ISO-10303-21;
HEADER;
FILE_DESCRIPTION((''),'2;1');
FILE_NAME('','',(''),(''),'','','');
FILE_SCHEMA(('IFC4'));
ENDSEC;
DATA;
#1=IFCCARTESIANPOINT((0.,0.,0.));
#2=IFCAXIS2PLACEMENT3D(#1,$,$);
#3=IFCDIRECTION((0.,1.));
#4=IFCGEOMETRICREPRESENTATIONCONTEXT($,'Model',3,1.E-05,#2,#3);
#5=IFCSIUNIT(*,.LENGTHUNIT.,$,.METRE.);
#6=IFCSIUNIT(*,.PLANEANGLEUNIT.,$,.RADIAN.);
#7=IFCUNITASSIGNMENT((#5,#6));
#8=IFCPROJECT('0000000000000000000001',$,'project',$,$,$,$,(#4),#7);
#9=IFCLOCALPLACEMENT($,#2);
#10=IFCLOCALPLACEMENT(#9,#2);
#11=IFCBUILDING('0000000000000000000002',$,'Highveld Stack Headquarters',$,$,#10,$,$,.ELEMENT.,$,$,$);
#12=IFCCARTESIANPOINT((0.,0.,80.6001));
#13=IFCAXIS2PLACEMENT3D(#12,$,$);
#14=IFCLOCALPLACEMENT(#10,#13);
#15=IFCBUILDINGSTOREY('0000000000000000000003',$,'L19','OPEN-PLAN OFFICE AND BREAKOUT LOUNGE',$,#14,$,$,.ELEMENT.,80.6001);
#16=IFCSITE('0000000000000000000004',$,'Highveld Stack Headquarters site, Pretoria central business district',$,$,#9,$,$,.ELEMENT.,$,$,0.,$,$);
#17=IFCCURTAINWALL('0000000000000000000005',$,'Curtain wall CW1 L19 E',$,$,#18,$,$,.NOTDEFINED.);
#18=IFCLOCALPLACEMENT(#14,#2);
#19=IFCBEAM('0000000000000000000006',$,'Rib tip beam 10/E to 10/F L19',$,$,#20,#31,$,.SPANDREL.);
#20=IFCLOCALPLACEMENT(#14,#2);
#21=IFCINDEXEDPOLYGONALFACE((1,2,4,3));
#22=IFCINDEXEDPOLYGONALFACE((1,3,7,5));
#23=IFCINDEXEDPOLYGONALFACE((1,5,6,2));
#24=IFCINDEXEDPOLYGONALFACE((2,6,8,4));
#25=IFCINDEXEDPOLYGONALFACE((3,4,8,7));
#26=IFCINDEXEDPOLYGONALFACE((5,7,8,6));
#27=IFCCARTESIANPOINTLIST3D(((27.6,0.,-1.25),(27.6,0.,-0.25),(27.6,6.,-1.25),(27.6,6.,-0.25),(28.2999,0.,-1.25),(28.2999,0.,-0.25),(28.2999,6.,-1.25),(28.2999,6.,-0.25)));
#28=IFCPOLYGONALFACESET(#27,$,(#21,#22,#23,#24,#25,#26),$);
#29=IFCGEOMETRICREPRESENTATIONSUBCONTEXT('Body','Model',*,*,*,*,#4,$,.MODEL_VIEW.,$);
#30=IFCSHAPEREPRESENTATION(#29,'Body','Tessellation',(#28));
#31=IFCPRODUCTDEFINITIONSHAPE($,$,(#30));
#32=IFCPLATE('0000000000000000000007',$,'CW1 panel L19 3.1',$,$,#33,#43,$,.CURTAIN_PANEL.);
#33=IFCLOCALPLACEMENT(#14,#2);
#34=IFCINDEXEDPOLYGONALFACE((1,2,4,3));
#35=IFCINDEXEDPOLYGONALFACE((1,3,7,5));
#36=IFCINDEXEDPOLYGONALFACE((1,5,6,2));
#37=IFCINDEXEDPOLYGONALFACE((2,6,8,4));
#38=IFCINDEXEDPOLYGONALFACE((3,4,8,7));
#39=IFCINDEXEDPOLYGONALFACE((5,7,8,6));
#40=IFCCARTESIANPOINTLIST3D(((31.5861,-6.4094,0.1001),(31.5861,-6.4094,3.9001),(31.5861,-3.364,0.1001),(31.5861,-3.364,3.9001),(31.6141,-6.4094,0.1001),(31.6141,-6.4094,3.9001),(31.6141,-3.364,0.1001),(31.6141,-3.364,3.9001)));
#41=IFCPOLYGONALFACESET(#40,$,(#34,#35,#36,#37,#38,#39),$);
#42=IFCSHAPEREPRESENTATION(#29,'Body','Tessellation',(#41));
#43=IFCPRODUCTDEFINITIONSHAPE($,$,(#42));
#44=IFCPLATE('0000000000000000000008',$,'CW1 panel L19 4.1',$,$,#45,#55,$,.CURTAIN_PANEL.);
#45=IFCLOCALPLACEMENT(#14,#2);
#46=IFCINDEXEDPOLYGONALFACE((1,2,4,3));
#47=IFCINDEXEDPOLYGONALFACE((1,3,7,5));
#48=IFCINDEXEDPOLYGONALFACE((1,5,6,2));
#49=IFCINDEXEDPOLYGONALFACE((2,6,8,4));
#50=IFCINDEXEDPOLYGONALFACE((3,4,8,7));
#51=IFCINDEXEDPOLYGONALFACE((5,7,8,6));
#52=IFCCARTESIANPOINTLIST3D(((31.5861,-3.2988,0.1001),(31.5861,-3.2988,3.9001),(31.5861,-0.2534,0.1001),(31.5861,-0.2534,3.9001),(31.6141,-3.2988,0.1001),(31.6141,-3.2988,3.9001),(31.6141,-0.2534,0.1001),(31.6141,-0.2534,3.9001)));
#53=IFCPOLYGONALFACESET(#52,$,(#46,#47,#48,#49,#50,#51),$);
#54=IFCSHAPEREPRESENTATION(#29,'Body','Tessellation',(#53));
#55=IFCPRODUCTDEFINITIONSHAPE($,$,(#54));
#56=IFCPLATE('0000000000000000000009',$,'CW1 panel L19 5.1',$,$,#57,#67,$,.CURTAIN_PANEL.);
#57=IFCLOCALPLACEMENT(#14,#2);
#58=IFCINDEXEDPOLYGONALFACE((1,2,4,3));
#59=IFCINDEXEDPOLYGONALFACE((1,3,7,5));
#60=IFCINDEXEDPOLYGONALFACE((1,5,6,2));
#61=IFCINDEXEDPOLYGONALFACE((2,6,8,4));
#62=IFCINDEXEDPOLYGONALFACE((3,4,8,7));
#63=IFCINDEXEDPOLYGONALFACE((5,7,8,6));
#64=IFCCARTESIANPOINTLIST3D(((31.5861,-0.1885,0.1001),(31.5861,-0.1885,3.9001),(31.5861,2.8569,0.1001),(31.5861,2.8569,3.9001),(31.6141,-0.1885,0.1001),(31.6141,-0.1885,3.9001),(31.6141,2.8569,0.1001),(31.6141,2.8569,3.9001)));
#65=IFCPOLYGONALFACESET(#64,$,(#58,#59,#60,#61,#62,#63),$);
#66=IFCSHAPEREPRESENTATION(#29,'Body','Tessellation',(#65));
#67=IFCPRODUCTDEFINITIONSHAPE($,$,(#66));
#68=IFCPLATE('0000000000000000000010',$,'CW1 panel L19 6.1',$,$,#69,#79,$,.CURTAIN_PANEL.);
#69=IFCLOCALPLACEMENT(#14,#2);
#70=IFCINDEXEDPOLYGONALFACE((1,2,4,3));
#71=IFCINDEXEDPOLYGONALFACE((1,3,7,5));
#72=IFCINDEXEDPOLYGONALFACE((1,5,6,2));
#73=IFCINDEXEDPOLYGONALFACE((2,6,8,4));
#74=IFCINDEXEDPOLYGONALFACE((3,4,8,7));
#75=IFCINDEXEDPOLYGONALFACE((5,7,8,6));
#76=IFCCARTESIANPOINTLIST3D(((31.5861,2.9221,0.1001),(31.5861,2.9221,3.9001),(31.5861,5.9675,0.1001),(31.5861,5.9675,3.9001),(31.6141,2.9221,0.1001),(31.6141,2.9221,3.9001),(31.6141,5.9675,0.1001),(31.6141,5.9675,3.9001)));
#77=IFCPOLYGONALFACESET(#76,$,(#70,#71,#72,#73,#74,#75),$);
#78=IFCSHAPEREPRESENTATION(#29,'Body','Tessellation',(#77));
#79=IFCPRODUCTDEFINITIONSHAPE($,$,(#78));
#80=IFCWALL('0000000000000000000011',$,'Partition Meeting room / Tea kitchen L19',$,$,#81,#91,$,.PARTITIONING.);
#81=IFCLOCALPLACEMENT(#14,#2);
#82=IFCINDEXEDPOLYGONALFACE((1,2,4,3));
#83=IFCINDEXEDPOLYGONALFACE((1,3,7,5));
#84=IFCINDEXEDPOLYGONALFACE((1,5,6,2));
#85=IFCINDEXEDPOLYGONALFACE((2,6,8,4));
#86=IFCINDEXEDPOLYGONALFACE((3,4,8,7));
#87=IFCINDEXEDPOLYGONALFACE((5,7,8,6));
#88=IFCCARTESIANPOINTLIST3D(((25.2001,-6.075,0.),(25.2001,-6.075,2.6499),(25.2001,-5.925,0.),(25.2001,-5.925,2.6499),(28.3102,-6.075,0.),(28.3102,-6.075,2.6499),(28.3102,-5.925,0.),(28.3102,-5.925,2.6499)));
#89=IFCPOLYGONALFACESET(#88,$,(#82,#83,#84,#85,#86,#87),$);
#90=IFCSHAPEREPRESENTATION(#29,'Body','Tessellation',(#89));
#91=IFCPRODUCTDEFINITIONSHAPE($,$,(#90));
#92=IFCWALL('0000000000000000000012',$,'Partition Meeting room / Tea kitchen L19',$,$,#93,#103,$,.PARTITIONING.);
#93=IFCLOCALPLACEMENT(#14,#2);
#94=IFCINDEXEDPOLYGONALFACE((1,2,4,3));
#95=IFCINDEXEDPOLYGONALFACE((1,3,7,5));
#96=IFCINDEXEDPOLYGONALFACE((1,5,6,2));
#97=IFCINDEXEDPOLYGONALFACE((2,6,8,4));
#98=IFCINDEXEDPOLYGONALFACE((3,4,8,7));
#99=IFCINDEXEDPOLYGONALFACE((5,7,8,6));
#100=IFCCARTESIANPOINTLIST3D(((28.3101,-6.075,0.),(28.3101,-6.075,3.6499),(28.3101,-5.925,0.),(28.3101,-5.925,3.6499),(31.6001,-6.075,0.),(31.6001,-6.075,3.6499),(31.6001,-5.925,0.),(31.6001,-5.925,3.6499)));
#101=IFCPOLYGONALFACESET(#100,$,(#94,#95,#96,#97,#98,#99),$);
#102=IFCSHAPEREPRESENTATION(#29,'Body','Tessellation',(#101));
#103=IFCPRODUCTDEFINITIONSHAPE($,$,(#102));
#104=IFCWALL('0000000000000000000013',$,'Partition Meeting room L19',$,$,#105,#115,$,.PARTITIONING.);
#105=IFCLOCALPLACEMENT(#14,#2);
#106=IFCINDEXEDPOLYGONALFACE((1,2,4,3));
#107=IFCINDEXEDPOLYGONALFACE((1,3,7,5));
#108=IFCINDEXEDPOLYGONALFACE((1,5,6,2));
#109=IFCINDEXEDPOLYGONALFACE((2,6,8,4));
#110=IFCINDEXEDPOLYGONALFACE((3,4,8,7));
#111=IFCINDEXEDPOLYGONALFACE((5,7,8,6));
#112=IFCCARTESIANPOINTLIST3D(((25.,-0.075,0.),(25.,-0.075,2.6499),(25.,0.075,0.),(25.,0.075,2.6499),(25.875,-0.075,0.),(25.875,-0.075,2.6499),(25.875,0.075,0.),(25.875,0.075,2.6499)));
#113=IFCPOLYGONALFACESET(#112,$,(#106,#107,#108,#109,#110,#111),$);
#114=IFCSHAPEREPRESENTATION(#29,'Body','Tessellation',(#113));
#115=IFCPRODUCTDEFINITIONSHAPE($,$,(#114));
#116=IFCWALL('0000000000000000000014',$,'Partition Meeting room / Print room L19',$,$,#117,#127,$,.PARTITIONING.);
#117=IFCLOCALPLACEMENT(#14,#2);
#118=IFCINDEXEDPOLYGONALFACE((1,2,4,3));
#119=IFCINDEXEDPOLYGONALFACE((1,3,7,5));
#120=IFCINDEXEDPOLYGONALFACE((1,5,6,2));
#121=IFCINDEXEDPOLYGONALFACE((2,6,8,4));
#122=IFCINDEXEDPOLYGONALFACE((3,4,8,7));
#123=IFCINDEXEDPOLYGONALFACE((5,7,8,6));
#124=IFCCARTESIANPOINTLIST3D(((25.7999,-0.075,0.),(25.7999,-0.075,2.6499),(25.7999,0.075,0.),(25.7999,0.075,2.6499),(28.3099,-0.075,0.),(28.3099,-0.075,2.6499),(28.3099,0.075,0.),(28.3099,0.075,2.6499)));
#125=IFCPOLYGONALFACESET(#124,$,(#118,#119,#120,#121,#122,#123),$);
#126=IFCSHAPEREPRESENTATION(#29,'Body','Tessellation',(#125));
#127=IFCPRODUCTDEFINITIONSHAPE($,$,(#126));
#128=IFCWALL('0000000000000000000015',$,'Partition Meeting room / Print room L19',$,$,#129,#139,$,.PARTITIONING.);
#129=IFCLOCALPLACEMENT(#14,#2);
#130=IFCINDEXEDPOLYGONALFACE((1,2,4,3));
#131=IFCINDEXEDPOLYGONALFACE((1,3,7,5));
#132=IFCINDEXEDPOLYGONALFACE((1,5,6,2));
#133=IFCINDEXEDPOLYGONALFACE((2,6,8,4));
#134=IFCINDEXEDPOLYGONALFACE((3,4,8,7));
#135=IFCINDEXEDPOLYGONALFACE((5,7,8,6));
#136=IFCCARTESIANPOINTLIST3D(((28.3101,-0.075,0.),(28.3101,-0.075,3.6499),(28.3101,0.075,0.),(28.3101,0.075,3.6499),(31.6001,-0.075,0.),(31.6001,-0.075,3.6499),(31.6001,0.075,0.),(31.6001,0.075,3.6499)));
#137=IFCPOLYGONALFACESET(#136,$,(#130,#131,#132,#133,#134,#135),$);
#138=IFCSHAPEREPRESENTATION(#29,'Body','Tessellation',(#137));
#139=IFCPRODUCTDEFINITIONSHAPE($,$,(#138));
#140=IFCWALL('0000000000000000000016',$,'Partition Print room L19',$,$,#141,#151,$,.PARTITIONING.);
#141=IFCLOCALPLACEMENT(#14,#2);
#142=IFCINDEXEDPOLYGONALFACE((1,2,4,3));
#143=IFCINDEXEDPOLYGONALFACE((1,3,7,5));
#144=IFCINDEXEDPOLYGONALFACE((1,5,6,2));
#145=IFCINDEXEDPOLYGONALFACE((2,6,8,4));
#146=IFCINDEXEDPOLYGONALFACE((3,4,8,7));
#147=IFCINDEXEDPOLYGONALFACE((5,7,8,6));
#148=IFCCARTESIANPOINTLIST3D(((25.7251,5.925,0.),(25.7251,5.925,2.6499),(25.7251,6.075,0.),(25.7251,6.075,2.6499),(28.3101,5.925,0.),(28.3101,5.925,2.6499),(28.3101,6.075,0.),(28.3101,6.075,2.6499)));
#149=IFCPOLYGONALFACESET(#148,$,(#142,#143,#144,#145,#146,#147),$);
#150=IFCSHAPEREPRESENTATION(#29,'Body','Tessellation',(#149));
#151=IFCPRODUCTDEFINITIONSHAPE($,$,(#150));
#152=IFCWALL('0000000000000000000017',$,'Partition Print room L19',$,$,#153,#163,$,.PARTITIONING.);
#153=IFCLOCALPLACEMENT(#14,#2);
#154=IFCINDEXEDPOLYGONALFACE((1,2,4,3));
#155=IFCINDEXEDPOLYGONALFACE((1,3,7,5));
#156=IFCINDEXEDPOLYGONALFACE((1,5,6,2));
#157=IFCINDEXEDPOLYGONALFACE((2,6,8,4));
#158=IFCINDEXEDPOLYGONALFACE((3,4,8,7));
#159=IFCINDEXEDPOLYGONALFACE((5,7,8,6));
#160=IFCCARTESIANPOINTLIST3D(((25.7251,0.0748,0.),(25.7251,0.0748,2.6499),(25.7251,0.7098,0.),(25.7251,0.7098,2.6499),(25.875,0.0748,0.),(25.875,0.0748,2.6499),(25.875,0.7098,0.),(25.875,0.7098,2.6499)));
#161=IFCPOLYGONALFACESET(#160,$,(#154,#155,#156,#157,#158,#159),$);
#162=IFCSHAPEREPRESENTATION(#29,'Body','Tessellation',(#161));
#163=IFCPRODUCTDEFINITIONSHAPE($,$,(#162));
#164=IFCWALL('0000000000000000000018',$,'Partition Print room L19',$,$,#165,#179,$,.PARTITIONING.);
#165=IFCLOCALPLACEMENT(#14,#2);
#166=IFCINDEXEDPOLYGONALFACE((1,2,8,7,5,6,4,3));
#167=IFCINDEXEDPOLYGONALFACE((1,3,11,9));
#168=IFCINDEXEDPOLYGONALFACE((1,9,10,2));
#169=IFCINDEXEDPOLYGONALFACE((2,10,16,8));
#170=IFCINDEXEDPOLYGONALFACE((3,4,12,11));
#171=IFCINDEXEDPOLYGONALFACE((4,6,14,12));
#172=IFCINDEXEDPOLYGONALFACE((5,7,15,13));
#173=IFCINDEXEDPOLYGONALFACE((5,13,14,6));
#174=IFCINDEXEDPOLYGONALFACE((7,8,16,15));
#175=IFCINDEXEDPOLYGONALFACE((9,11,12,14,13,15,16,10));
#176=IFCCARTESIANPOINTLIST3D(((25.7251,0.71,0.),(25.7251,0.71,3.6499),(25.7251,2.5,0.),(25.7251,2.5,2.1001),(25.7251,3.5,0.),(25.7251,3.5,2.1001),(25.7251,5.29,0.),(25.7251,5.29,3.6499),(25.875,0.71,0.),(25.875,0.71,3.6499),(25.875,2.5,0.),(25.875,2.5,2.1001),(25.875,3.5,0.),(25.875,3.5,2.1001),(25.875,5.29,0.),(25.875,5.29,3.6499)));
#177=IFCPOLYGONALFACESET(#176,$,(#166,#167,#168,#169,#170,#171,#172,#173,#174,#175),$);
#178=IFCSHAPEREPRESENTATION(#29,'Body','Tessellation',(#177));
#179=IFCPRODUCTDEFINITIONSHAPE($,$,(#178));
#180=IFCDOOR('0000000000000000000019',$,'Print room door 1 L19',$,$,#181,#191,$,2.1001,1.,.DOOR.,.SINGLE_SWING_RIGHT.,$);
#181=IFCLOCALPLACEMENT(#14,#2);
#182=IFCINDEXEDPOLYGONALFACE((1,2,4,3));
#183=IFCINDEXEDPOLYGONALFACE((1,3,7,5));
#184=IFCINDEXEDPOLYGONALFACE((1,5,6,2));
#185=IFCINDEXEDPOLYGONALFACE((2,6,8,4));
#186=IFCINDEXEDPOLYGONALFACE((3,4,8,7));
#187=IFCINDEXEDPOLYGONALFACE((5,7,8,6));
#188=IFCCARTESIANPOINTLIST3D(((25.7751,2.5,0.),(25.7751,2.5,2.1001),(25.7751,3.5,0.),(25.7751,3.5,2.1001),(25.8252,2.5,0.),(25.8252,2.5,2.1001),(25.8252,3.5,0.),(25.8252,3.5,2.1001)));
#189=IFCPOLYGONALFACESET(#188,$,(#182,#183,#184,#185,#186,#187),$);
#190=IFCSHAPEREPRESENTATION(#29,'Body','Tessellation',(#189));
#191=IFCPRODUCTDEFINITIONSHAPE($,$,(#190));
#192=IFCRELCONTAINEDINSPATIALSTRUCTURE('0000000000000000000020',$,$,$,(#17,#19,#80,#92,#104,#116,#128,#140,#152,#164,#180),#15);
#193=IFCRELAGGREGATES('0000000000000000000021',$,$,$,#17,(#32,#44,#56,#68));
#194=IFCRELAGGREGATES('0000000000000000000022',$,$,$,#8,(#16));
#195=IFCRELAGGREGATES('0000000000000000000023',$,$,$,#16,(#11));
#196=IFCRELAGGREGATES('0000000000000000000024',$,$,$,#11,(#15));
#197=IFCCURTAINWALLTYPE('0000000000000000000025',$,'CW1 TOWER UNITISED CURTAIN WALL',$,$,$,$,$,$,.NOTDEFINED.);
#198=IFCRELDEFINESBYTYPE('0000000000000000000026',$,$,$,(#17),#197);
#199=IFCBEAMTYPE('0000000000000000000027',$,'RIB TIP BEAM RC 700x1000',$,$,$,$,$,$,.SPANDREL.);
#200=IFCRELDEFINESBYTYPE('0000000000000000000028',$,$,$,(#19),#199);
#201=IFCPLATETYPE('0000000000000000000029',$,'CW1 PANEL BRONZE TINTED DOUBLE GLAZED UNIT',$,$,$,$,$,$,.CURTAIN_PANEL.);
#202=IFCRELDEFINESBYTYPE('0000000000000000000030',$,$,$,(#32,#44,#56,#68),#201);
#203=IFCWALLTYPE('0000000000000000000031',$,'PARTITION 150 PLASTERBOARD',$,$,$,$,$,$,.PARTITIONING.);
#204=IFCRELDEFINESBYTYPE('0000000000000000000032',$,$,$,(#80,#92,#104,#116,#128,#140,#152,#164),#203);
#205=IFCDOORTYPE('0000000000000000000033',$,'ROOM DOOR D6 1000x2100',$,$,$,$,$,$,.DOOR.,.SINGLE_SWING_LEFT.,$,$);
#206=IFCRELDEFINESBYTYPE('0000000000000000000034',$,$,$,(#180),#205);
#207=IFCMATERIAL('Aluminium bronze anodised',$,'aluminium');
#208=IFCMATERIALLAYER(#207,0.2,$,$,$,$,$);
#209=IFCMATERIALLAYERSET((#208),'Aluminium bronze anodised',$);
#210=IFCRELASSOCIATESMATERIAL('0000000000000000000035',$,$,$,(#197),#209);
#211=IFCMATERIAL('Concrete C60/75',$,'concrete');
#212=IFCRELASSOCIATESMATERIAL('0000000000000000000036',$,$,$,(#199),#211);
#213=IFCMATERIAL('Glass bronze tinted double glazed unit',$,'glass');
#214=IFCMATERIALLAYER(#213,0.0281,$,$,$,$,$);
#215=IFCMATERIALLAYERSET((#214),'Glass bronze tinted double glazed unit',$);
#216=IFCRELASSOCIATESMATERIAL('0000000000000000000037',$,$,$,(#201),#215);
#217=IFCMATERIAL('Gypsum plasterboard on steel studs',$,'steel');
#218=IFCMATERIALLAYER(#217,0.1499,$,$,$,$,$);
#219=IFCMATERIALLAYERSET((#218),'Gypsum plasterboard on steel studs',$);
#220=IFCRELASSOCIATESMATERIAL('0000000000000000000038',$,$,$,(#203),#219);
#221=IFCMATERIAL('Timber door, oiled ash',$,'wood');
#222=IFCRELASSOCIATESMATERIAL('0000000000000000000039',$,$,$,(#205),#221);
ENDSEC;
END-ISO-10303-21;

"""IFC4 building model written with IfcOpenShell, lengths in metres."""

from ifc_helpers import new_model, si_unit, direction, frame, frame_2d, origin, origin_2d, place, context, subcontext, project, spatial, rectangle, extrude, material, layer, layer_set, material_profile, profile_set, type_object, element, fill, aggregate, save


model = new_model("IFC4")

# Units and contexts
model_context = context("Model", 3, precision=1e-05, world=origin(), true_north=direction((0.0, 1.0)))
body_context = subcontext(model_context, "Body", "Model", "MODEL_VIEW")
ifc_project = project(units=[si_unit("LENGTHUNIT", "METRE"), si_unit("PLANEANGLEUNIT", "RADIAN")], contexts=[model_context])

# Site, building, storey
site_placement = place(None, origin())
site = spatial("IfcSite", under=ifc_project, at=site_placement, Name="Highveld Stack Headquarters site, Pretoria central business district", CompositionType="ELEMENT", RefElevation=0.0)
building_placement = place(site_placement, origin())
building = spatial("IfcBuilding", under=site, at=building_placement, Name="Highveld Stack Headquarters", CompositionType="ELEMENT")
storey_placement = place(building_placement, frame((0.0, 0.0, 80.6001)))
storey = spatial("IfcBuildingStorey", under=building, at=storey_placement, Name="L19", Description="OPEN-PLAN OFFICE AND BREAKOUT LOUNGE", CompositionType="ELEMENT", Elevation=80.6001)

# Curtain wall
ifc_material_1 = material(Name="Aluminium bronze anodised", Category="aluminium")
ifc_layer_1 = layer(ifc_material_1, 0.2)
ifc_layer_set_1 = layer_set([ifc_layer_1], Name="Aluminium bronze anodised")
curtain_wall_type = type_object("IfcCurtainWallType", Name="CW1 TOWER UNITISED CURTAIN WALL", PredefinedType="NOTDEFINED", material=ifc_layer_set_1)
curtain_wall_placement = place(storey_placement, origin())
curtain_wall = element("IfcCurtainWall", 1, at=curtain_wall_placement, inside=storey, type_object=curtain_wall_type, Name="Curtain wall CW1 L19 E", PredefinedType="NOTDEFINED")

# Beam
ifc_material_2 = material(Name="Concrete C60/75", Category="concrete")
ifc_material_profile_1 = material_profile(ifc_material_2, rectangle(XDim=0.7, YDim=1.0, at=origin_2d()), Name="RC 700x1000")
ifc_profile_set_1 = profile_set([ifc_material_profile_1], Name="Concrete C60/75")
beam_type_1 = type_object("IfcBeamType", Name="RIB TIP BEAM RC 700x1000", PredefinedType="SPANDREL", material=ifc_profile_set_1)
for number, where, z_axis, x_axis, name in (
    (2, (27.95, 0.0, -0.75), (0.0, 1.0, 0.0), (-1.0, 0.0, 0.0), "Rib tip beam 10/E to 10/F L19"),
):
    element("IfcBeam", number, at=place(storey_placement, frame(where, z_axis=z_axis, x_axis=x_axis)), inside=storey, type_object=beam_type_1, Name=name, PredefinedType="SPANDREL", context=body_context, shape_type="SweptSolid", body=[
        extrude(rectangle(XDim=0.7, YDim=1.0, at=origin_2d()), origin(), (0.0, 0.0, 1.0), 6.0),
    ])

# Plates
ifc_material_3 = material(Name="Glass bronze tinted double glazed unit", Category="glass")
ifc_layer_2 = layer(ifc_material_3, 0.0281)
ifc_layer_set_2 = layer_set([ifc_layer_2], Name="Glass bronze tinted double glazed unit")
plate_type = type_object("IfcPlateType", Name="CW1 PANEL BRONZE TINTED DOUBLE GLAZED UNIT", PredefinedType="CURTAIN_PANEL", material=ifc_layer_set_2)
plate_1_placement = place(storey_placement, frame((31.6001, -4.8867, 0.1001), z_axis=(0.0, 0.0, 1.0), x_axis=(0.0, 1.0, 0.0)))
plate_1 = element("IfcPlate", 3, at=plate_1_placement, type_object=plate_type, Name="CW1 panel L19 3.1", PredefinedType="CURTAIN_PANEL", context=body_context, shape_type="SweptSolid", body=[
    extrude(rectangle(XDim=3.0454, YDim=0.0281, at=origin_2d()), origin(), (0.0, 0.0, 1.0), 3.8),
])
plate_2_placement = place(storey_placement, frame((31.6001, -1.7761, 0.1001), z_axis=(0.0, 0.0, 1.0), x_axis=(0.0, 1.0, 0.0)))
plate_2 = element("IfcPlate", 4, at=plate_2_placement, type_object=plate_type, Name="CW1 panel L19 4.1", PredefinedType="CURTAIN_PANEL", context=body_context, shape_type="SweptSolid", body=[
    extrude(rectangle(XDim=3.0454, YDim=0.0281, at=origin_2d()), origin(), (0.0, 0.0, 1.0), 3.8),
])
plate_3_placement = place(storey_placement, frame((31.6001, 1.3342, 0.1001), z_axis=(0.0, 0.0, 1.0), x_axis=(0.0, 1.0, 0.0)))
plate_3 = element("IfcPlate", 5, at=plate_3_placement, type_object=plate_type, Name="CW1 panel L19 5.1", PredefinedType="CURTAIN_PANEL", context=body_context, shape_type="SweptSolid", body=[
    extrude(rectangle(XDim=3.0454, YDim=0.0281, at=origin_2d()), origin(), (0.0, 0.0, 1.0), 3.8),
])
plate_4_placement = place(storey_placement, frame((31.6001, 4.4448, 0.1001), z_axis=(0.0, 0.0, 1.0), x_axis=(0.0, 1.0, 0.0)))
plate_4 = element("IfcPlate", 6, at=plate_4_placement, type_object=plate_type, Name="CW1 panel L19 6.1", PredefinedType="CURTAIN_PANEL", context=body_context, shape_type="SweptSolid", body=[
    extrude(rectangle(XDim=3.0454, YDim=0.0281, at=origin_2d()), origin(), (0.0, 0.0, 1.0), 3.8),
])
aggregate(curtain_wall, [plate_1, plate_2, plate_3, plate_4])

# Walls
ifc_material_4 = material(Name="Gypsum plasterboard on steel studs", Category="steel")
ifc_layer_3 = layer(ifc_material_4, 0.1499)
ifc_layer_set_3 = layer_set([ifc_layer_3], Name="Gypsum plasterboard on steel studs")
wall_type = type_object("IfcWallType", Name="PARTITION 150 PLASTERBOARD", PredefinedType="PARTITIONING", material=ifc_layer_set_3)
wall_1_placement = place(storey_placement, frame((25.2, -6.0, 0.0), z_axis=(0.0, 0.0, 1.0), x_axis=(1.0, 0.0, 0.0)))
element("IfcWall", 7, at=wall_1_placement, inside=storey, type_object=wall_type, Name="Partition Meeting room / Tea kitchen L19", PredefinedType="PARTITIONING", context=body_context, shape_type="SweptSolid", body=[
    extrude(rectangle(XDim=3.1101, YDim=0.1499, at=frame_2d((1.5552, 0.0))), origin(), (0.0, 0.0, 1.0), 2.6499),
])
wall_2_placement = place(storey_placement, frame((28.3101, -6.0, 0.0), z_axis=(0.0, 0.0, 1.0), x_axis=(1.0, 0.0, 0.0)))
element("IfcWall", 8, at=wall_2_placement, inside=storey, type_object=wall_type, Name="Partition Meeting room / Tea kitchen L19", PredefinedType="PARTITIONING", context=body_context, shape_type="SweptSolid", body=[
    extrude(rectangle(XDim=3.29, YDim=0.1499, at=frame_2d((1.645, 0.0))), origin(), (0.0, 0.0, 1.0), 3.6499),
])
wall_3_placement = place(storey_placement, frame((25.0, 0.0, 0.0), z_axis=(0.0, 0.0, 1.0), x_axis=(1.0, 0.0, 0.0)))
element("IfcWall", 9, at=wall_3_placement, inside=storey, type_object=wall_type, Name="Partition Meeting room L19", PredefinedType="PARTITIONING", context=body_context, shape_type="SweptSolid", body=[
    extrude(rectangle(XDim=0.875, YDim=0.1499, at=frame_2d((0.4375, 0.0))), origin(), (0.0, 0.0, 1.0), 2.6499),
])
wall_4_placement = place(storey_placement, frame((25.8, 0.0, 0.0), z_axis=(0.0, 0.0, 1.0), x_axis=(1.0, 0.0, 0.0)))
element("IfcWall", 10, at=wall_4_placement, inside=storey, type_object=wall_type, Name="Partition Meeting room / Print room L19", PredefinedType="PARTITIONING", context=body_context, shape_type="SweptSolid", body=[
    extrude(rectangle(XDim=2.51, YDim=0.1499, at=frame_2d((1.2549, 0.0))), origin(), (0.0, 0.0, 1.0), 2.6499),
])
wall_5_placement = place(storey_placement, frame((28.3101, 0.0, 0.0), z_axis=(0.0, 0.0, 1.0), x_axis=(1.0, 0.0, 0.0)))
element("IfcWall", 11, at=wall_5_placement, inside=storey, type_object=wall_type, Name="Partition Meeting room / Print room L19", PredefinedType="PARTITIONING", context=body_context, shape_type="SweptSolid", body=[
    extrude(rectangle(XDim=3.29, YDim=0.1499, at=frame_2d((1.645, 0.0))), origin(), (0.0, 0.0, 1.0), 3.6499),
])
wall_6_placement = place(storey_placement, frame((25.7251, 6.0, 0.0), z_axis=(0.0, 0.0, 1.0), x_axis=(1.0, 0.0, 0.0)))
element("IfcWall", 12, at=wall_6_placement, inside=storey, type_object=wall_type, Name="Partition Print room L19", PredefinedType="PARTITIONING", context=body_context, shape_type="SweptSolid", body=[
    extrude(rectangle(XDim=2.585, YDim=0.1499, at=frame_2d((1.2925, 0.0))), origin(), (0.0, 0.0, 1.0), 2.6499),
])
wall_7_placement = place(storey_placement, frame((25.8, 0.075, 0.0), z_axis=(0.0, 0.0, 1.0), x_axis=(0.0, 1.0, 0.0)))
element("IfcWall", 13, at=wall_7_placement, inside=storey, type_object=wall_type, Name="Partition Print room L19", PredefinedType="PARTITIONING", context=body_context, shape_type="SweptSolid", body=[
    extrude(rectangle(XDim=0.635, YDim=0.1499, at=frame_2d((0.3174, 0.0))), origin(), (0.0, 0.0, 1.0), 2.6499),
])

# Wall, opening, door
wall_8_placement = place(storey_placement, frame((25.8, 0.71, 0.0), z_axis=(0.0, 0.0, 1.0), x_axis=(0.0, 1.0, 0.0)))
wall_8 = element("IfcWall", 14, at=wall_8_placement, inside=storey, type_object=wall_type, Name="Partition Print room L19", PredefinedType="PARTITIONING", context=body_context, shape_type="SweptSolid", body=[
    extrude(rectangle(XDim=4.5801, YDim=0.1499, at=frame_2d((2.29, 0.0))), origin(), (0.0, 0.0, 1.0), 3.6499),
])
opening_placement = place(wall_8_placement, frame((1.79, 0.0, 0.0)))
opening = element("IfcOpeningElement", 15, at=opening_placement, cuts=wall_8, PredefinedType="OPENING", context=body_context, shape_type="SweptSolid", body=[
    extrude(rectangle(XDim=1.0, YDim=2.1001, at=frame_2d((0.5, 1.05))), frame((0.0, 0.085, 0.0), z_axis=(0.0, -1.0, 0.0), x_axis=(1.0, 0.0, 0.0)), (0.0, 0.0, 1.0), 0.1699),
])
ifc_material_5 = material(Name="Timber door, oiled ash", Category="wood")
door_type = type_object("IfcDoorType", Name="ROOM DOOR D6 1000x2100", OperationType="SINGLE_SWING_LEFT", PredefinedType="DOOR", material=ifc_material_5)
door_placement = place(opening_placement, origin())
door = element("IfcDoor", 16, at=door_placement, inside=storey, type_object=door_type, Name="Print room door 1 L19", OperationType="SINGLE_SWING_RIGHT", OverallHeight=2.1001, OverallWidth=1.0, PredefinedType="DOOR", context=body_context, shape_type="SweptSolid", body=[
    extrude(rectangle(XDim=1.0, YDim=2.1001, at=frame_2d((0.5, 1.05))), frame((0.0, 0.0249, 0.0), z_axis=(0.0, -1.0, 0.0), x_axis=(1.0, 0.0, 0.0)), (0.0, 0.0, 1.0), 0.05),
])
fill(opening, door)

save(model, "model.ifc")
